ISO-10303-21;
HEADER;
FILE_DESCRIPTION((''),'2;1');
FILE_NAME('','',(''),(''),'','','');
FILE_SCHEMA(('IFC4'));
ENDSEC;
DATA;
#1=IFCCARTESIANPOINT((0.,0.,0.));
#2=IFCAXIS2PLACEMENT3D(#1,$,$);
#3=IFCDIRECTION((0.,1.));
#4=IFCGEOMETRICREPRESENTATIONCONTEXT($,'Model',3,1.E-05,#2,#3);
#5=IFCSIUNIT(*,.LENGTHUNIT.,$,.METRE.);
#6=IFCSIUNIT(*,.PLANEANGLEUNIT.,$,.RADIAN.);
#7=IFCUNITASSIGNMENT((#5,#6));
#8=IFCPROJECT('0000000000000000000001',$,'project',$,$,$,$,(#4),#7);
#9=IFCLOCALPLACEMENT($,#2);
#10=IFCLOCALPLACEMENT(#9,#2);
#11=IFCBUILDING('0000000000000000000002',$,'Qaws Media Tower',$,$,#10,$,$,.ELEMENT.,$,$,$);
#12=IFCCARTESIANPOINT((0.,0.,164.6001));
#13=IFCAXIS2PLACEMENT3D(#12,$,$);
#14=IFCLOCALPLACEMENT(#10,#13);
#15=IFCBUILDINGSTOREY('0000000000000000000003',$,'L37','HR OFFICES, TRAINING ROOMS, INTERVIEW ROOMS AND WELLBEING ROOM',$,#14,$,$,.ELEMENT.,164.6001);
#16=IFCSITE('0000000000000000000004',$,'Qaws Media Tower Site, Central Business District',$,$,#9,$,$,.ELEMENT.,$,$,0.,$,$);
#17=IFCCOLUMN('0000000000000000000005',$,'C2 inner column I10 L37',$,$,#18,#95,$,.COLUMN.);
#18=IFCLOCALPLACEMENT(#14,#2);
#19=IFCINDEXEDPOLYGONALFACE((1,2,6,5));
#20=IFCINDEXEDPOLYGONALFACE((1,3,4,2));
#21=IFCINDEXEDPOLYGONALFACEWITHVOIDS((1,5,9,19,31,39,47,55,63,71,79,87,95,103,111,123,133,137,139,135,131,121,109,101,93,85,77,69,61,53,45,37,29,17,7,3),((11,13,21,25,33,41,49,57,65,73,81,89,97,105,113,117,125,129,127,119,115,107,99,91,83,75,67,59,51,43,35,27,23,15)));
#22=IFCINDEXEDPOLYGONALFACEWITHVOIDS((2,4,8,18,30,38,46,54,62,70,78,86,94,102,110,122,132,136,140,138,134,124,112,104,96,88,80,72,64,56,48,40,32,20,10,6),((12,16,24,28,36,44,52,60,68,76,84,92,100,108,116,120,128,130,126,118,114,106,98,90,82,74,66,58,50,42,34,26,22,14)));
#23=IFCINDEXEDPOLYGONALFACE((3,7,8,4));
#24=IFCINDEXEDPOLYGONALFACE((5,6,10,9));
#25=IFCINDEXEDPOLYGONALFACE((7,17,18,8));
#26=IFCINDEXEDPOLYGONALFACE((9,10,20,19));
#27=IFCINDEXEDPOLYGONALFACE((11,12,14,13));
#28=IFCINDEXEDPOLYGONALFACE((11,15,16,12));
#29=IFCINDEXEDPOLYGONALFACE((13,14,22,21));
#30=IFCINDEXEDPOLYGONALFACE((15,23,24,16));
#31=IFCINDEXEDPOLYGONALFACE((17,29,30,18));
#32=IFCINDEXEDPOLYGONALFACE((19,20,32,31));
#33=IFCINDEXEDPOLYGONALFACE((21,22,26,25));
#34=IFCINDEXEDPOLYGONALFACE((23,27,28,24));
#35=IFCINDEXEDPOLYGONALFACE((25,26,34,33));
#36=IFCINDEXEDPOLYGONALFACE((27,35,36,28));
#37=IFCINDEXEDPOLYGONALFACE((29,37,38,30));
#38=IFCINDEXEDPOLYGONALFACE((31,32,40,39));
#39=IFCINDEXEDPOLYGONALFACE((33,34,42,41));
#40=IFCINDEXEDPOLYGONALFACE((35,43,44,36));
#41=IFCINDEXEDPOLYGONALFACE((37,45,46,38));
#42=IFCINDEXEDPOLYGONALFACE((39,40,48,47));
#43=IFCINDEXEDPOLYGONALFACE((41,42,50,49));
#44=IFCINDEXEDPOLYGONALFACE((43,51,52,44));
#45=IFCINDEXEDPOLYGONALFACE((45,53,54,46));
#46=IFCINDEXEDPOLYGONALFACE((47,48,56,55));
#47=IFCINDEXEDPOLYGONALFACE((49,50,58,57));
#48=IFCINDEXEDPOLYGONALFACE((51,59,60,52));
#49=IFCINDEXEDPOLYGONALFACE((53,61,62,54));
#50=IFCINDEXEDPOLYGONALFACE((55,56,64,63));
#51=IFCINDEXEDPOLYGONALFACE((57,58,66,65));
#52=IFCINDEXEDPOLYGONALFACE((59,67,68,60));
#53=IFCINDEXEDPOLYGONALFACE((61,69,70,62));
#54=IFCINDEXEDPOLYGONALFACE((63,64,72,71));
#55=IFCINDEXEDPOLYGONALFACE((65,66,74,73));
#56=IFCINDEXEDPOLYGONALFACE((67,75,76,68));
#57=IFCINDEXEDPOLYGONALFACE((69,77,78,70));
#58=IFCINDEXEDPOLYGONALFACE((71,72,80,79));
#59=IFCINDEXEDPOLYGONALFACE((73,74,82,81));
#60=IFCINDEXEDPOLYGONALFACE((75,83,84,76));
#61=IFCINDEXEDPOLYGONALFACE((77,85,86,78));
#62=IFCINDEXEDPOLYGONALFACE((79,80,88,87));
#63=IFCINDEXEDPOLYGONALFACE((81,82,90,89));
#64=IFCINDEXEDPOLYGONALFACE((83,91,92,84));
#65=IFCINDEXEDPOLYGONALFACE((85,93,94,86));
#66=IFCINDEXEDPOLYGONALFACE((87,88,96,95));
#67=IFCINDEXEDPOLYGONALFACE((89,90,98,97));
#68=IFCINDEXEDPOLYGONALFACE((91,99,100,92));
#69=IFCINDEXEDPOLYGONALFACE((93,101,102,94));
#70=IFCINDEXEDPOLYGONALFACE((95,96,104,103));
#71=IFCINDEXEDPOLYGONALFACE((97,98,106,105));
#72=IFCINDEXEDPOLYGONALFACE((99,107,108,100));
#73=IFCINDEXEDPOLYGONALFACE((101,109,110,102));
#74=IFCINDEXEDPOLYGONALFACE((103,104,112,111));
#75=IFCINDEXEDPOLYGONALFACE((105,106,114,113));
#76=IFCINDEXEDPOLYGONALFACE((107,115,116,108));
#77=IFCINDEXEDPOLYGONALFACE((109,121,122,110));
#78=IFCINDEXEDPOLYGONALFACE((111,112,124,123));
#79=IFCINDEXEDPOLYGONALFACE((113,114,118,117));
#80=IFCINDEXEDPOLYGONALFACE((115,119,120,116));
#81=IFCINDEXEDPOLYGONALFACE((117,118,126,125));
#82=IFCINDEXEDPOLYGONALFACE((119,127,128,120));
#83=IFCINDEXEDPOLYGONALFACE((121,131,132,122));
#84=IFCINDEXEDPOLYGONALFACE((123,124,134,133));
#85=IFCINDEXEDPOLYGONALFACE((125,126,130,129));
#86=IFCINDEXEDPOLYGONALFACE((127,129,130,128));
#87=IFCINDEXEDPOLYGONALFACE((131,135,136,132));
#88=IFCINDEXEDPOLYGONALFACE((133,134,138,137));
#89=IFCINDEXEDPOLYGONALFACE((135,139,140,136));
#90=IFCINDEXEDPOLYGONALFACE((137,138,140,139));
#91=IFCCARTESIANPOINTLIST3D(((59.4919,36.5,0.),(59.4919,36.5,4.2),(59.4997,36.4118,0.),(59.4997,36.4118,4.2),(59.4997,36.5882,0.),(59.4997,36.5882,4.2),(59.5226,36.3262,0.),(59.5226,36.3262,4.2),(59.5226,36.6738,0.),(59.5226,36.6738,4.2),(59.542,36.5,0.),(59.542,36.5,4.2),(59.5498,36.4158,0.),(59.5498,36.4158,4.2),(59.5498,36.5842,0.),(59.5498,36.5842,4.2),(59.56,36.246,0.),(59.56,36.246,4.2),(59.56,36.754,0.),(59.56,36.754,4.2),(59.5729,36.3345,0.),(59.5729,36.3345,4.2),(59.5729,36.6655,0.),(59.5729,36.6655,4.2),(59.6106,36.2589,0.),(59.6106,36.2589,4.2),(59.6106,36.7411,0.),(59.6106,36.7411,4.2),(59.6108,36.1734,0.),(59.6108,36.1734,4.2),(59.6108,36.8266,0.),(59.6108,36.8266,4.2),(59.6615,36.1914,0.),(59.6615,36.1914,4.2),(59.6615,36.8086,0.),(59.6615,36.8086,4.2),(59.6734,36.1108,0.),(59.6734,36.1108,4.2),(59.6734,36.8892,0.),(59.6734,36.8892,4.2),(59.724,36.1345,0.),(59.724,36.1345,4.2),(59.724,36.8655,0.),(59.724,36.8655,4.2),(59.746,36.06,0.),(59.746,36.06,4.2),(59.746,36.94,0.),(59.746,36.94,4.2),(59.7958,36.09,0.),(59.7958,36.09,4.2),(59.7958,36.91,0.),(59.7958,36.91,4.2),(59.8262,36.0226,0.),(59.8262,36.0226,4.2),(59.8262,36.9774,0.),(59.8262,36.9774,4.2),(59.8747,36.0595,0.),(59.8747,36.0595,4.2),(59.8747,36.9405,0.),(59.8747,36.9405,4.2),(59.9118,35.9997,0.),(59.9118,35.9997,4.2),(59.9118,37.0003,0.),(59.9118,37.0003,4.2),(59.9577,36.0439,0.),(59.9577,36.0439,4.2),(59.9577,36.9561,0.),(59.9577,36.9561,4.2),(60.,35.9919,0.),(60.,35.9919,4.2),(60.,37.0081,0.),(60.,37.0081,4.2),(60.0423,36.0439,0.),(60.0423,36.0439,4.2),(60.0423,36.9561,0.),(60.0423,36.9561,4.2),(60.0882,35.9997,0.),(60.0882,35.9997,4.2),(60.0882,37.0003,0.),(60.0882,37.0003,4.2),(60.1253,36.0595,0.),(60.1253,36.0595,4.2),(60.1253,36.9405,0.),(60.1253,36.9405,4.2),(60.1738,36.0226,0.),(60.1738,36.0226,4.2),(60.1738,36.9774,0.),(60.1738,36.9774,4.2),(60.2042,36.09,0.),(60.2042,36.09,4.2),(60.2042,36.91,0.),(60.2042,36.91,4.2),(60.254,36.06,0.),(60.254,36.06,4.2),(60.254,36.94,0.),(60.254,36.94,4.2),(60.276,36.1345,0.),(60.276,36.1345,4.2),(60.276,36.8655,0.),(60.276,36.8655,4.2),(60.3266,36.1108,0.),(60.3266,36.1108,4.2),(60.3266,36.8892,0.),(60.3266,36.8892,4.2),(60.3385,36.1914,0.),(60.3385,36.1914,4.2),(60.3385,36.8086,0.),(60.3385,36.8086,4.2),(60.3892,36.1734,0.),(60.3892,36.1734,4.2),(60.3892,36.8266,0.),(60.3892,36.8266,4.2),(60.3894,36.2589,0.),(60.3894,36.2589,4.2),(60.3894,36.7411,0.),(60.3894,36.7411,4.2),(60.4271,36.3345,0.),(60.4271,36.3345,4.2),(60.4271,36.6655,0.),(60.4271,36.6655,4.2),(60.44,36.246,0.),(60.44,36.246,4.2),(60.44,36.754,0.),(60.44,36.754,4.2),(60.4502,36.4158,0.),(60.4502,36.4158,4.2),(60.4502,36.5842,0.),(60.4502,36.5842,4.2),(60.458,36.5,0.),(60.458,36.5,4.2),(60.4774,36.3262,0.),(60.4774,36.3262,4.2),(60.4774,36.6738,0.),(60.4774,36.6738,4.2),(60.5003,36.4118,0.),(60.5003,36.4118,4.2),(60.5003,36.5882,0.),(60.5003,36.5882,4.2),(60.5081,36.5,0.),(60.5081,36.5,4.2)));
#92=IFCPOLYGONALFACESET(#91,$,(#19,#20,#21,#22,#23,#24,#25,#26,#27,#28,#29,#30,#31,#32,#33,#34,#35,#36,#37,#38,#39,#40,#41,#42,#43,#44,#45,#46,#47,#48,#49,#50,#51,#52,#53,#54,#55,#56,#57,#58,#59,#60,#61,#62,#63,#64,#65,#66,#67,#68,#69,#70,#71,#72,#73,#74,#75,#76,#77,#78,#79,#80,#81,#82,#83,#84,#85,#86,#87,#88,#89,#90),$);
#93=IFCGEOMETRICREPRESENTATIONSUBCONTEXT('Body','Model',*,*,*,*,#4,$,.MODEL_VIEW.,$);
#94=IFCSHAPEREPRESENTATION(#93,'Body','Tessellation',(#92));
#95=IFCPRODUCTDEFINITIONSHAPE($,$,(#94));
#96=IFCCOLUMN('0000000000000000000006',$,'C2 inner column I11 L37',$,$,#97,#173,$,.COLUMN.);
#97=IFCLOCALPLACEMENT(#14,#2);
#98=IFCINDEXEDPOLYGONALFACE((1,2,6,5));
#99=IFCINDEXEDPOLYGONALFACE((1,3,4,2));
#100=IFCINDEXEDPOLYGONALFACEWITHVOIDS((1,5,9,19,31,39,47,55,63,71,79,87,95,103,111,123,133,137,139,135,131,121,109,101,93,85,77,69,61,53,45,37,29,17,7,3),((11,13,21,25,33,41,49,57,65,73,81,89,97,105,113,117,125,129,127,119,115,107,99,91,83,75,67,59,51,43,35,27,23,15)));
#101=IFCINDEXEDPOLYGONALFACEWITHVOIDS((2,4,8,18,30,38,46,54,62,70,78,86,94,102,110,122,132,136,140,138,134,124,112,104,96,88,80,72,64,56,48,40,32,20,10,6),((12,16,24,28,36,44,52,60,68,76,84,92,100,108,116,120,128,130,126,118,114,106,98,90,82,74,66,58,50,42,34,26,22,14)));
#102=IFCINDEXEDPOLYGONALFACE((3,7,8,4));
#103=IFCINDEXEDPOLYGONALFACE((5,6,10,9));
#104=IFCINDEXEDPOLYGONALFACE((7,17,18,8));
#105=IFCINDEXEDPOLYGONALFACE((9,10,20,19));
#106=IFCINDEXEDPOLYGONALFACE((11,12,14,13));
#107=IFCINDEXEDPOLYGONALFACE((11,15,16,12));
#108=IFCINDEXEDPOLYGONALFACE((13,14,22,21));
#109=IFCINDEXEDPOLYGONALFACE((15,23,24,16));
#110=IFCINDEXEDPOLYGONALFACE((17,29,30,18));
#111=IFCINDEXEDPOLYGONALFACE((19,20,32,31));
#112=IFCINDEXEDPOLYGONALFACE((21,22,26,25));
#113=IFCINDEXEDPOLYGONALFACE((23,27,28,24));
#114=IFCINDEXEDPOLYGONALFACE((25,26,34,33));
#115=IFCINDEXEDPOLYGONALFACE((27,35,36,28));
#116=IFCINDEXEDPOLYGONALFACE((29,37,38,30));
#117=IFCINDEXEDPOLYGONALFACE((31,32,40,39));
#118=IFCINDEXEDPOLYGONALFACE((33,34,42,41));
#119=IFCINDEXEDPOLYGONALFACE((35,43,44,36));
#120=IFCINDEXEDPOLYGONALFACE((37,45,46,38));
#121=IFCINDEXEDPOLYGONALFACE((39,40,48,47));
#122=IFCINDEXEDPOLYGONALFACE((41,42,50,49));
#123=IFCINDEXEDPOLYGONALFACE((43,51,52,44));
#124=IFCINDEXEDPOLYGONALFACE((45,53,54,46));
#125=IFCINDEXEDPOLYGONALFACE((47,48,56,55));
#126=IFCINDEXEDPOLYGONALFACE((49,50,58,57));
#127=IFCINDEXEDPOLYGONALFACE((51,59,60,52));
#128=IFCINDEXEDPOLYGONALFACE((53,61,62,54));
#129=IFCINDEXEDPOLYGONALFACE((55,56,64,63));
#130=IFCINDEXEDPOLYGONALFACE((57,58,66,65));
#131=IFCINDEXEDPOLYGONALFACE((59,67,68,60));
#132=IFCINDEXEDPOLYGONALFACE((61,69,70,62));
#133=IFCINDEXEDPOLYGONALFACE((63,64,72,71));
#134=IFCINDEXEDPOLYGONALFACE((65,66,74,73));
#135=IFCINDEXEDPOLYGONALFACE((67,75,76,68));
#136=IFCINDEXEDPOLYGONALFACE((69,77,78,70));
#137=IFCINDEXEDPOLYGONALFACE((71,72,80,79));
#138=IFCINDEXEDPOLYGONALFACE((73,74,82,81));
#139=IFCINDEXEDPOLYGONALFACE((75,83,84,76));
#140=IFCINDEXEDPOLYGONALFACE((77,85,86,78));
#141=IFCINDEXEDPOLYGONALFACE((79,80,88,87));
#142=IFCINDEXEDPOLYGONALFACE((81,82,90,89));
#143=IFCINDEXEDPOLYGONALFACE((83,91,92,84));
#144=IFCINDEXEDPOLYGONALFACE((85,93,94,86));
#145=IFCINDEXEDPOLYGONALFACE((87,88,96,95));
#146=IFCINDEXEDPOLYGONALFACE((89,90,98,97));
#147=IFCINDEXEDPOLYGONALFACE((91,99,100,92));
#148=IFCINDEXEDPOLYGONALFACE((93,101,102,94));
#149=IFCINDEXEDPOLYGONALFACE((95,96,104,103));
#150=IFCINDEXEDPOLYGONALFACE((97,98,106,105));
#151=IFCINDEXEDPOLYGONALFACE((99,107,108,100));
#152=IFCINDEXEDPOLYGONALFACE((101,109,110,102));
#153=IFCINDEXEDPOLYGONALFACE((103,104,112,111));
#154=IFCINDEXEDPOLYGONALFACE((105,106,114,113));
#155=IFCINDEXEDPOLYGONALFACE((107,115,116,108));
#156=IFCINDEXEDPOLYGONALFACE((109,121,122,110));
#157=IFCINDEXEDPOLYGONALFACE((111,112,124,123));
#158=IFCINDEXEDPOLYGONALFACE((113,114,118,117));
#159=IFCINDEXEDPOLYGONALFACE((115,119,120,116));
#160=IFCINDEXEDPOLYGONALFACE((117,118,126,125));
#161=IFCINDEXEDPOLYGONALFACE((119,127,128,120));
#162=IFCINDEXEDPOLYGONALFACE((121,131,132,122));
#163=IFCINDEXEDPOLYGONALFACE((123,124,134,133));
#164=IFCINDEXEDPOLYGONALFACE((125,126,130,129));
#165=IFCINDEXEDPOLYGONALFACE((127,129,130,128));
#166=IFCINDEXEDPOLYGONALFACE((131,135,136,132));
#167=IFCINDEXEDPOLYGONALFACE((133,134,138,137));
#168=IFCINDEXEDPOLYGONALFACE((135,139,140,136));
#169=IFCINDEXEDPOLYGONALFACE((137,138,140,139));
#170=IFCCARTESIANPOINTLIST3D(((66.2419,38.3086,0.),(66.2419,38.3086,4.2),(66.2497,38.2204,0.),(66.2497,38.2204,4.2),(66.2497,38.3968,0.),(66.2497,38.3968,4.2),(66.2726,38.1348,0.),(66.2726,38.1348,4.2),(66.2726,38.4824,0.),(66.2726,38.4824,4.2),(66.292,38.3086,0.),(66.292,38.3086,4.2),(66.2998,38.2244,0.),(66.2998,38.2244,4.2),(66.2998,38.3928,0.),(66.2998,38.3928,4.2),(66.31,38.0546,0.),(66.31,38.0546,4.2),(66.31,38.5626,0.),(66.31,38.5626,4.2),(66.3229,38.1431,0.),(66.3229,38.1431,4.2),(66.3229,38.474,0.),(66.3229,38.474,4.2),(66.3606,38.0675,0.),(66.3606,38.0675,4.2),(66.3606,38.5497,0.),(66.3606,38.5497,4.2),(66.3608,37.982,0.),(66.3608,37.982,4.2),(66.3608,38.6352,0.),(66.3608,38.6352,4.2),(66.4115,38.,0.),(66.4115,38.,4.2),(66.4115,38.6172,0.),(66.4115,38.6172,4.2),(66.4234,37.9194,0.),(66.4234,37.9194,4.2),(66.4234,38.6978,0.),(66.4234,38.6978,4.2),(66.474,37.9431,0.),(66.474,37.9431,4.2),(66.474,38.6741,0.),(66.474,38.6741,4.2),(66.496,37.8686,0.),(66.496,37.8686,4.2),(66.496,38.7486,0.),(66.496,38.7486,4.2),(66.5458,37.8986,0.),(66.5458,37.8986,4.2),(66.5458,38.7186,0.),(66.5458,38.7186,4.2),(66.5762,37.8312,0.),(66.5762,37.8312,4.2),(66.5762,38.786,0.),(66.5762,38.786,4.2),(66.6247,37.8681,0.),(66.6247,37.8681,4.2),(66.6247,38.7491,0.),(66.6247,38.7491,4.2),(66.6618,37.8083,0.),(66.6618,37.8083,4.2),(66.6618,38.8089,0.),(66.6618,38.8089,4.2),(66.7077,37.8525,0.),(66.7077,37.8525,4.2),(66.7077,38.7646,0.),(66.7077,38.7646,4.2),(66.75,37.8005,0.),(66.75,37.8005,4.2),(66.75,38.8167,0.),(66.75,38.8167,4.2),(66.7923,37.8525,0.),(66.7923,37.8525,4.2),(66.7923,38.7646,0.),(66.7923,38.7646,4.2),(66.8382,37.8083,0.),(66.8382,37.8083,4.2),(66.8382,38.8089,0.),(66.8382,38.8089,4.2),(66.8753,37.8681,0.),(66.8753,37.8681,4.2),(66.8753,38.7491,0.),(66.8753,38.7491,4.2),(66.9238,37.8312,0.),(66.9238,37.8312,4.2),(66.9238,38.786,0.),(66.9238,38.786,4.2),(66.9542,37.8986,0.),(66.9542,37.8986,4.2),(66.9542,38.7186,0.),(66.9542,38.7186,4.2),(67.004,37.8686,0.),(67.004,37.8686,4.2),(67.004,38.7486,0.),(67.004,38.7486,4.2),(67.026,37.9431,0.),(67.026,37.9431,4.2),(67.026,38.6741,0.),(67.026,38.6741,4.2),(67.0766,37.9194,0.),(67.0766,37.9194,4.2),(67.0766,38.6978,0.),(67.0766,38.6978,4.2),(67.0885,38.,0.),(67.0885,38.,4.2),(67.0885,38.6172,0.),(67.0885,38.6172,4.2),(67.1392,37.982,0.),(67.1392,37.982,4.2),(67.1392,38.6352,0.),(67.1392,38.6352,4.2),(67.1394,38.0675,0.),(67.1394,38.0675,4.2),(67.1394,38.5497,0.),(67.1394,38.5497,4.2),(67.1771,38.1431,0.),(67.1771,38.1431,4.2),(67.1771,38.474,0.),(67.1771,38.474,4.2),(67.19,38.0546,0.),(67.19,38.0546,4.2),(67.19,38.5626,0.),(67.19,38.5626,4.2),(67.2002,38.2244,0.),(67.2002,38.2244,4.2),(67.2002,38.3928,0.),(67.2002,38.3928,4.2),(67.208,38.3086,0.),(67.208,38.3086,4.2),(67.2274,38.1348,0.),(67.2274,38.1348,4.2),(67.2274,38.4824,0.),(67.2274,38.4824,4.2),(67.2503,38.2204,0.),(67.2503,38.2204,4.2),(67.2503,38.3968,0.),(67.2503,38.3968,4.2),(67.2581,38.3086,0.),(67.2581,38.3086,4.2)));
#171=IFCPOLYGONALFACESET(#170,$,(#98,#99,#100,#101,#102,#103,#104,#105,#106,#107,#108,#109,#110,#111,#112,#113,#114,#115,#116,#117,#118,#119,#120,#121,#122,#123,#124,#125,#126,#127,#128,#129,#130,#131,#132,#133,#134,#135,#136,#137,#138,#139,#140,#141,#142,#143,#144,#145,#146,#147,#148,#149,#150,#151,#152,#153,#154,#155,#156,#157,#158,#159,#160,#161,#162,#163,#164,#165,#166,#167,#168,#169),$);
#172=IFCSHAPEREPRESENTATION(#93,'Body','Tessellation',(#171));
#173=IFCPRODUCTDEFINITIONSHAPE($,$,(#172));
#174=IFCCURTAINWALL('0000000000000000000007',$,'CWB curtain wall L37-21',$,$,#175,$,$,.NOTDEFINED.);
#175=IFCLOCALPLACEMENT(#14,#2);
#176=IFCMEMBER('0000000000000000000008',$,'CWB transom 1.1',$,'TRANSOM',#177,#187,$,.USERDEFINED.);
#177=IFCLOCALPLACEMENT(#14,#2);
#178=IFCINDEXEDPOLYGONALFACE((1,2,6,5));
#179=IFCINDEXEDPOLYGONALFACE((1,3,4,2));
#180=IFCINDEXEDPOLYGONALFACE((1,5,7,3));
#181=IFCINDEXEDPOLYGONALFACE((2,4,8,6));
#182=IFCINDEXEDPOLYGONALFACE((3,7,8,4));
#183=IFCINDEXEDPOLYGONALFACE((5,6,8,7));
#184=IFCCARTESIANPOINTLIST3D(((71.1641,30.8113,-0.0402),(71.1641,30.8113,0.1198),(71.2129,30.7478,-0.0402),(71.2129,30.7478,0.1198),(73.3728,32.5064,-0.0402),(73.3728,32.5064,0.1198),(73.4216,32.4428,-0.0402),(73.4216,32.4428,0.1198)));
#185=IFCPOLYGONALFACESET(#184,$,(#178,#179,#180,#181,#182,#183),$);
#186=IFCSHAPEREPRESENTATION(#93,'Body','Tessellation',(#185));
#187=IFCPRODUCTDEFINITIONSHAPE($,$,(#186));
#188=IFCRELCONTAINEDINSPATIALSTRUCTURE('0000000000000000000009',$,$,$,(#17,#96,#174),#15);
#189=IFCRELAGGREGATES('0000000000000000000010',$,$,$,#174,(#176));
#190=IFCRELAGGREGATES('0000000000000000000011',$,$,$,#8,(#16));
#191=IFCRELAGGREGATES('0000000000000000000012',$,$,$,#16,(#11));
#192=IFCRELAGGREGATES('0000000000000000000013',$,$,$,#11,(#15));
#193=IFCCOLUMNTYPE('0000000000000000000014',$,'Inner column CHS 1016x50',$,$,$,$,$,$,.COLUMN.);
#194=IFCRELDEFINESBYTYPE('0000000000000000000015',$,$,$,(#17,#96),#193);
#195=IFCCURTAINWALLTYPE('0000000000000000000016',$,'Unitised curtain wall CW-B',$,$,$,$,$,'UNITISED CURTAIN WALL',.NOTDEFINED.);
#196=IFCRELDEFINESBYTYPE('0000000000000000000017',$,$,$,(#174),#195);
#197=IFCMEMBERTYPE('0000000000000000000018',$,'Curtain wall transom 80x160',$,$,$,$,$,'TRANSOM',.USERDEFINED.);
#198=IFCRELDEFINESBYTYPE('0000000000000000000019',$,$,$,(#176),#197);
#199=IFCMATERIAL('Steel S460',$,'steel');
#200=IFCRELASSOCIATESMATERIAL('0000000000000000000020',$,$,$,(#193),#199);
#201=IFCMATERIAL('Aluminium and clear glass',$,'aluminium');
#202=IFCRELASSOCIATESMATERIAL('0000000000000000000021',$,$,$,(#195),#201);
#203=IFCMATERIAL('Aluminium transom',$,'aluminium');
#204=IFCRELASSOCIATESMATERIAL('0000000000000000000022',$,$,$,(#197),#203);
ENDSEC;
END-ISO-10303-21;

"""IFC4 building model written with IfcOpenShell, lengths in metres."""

from ifc_helpers import new_model, si_unit, direction, frame, origin, origin_2d, place, context, subcontext, project, spatial, rectangle, hollow_circle, extrude, material, material_profile, profile_set, type_object, element, aggregate, save


model = new_model("IFC4")

# Units and contexts
model_context = context("Model", 3, precision=1e-05, world=origin(), true_north=direction((0.0, 1.0)))
body_context = subcontext(model_context, "Body", "Model", "MODEL_VIEW")
ifc_project = project(units=[si_unit("LENGTHUNIT", "METRE"), si_unit("PLANEANGLEUNIT", "RADIAN")], contexts=[model_context])

# Site, building, storey
site_placement = place(None, origin())
site = spatial("IfcSite", under=ifc_project, at=site_placement, Name="Qaws Media Tower Site, Central Business District", CompositionType="ELEMENT", RefElevation=0.0)
building_placement = place(site_placement, origin())
building = spatial("IfcBuilding", under=site, at=building_placement, Name="Qaws Media Tower", CompositionType="ELEMENT")
storey_placement = place(building_placement, frame((0.0, 0.0, 164.6001)))
storey = spatial("IfcBuildingStorey", under=building, at=storey_placement, Name="L37", Description="HR OFFICES, TRAINING ROOMS, INTERVIEW ROOMS AND WELLBEING ROOM", CompositionType="ELEMENT", Elevation=164.6001)

# Columns
ifc_material_1 = material(Name="Steel S460", Category="steel")
ifc_material_profile_1 = material_profile(ifc_material_1, hollow_circle(Radius=0.5081, WallThickness=0.05, at=origin_2d()), Name="CHS 1016x50")
ifc_profile_set_1 = profile_set([ifc_material_profile_1], Name="Steel S460")
column_type = type_object("IfcColumnType", Name="Inner column CHS 1016x50", PredefinedType="COLUMN", material=ifc_profile_set_1)
for number, where, z_axis, x_axis, name in (
    (1, (60.0, 36.5, 0.0), (0.0, 0.0, 1.0), (1.0, 0.0, 0.0), "C2 inner column I10 L37"),
    (2, (66.75, 38.3086, 0.0), (0.0, 0.0, 1.0), (1.0, 0.0, 0.0), "C2 inner column I11 L37"),
):
    element("IfcColumn", number, at=place(storey_placement, frame(where, z_axis=z_axis, x_axis=x_axis)), inside=storey, type_object=column_type, Name=name, PredefinedType="COLUMN", context=body_context, shape_type="SweptSolid", body=[
        extrude(hollow_circle(Radius=0.5081, WallThickness=0.05, at=origin_2d()), origin(), (0.0, 0.0, 1.0), 4.2),
    ])

# Curtain wall, member
ifc_material_2 = material(Name="Aluminium and clear glass", Category="aluminium")
curtain_wall_type = type_object("IfcCurtainWallType", Name="Unitised curtain wall CW-B", ElementType="UNITISED CURTAIN WALL", PredefinedType="NOTDEFINED", material=ifc_material_2)
curtain_wall_placement = place(storey_placement, origin())
curtain_wall = element("IfcCurtainWall", 3, at=curtain_wall_placement, inside=storey, type_object=curtain_wall_type, Name="CWB curtain wall L37-21", PredefinedType="NOTDEFINED")
ifc_material_3 = material(Name="Aluminium transom", Category="aluminium")
ifc_material_profile_2 = material_profile(ifc_material_3, rectangle(XDim=0.0801, YDim=0.1599, at=origin_2d()), Name="80x160")
ifc_profile_set_2 = profile_set([ifc_material_profile_2], Name="Aluminium transom")
member_type = type_object("IfcMemberType", Name="Curtain wall transom 80x160", ElementType="TRANSOM", PredefinedType="USERDEFINED", material=ifc_profile_set_2)
member_placement = place(storey_placement, frame((71.1885, 30.7795, 0.0398), z_axis=(0.793311, 0.608816, 0.0), x_axis=(-0.608816, 0.793311, 0.0)))
member = element("IfcMember", 4, at=member_placement, type_object=member_type, Name="CWB transom 1.1", ObjectType="TRANSOM", PredefinedType="USERDEFINED", context=body_context, shape_type="SweptSolid", body=[
    extrude(rectangle(XDim=0.0801, YDim=0.1599, at=origin_2d()), origin(), (0.0, 0.0, 1.0), 2.7842),
])
aggregate(curtain_wall, [member])

save(model, "model.ifc")
